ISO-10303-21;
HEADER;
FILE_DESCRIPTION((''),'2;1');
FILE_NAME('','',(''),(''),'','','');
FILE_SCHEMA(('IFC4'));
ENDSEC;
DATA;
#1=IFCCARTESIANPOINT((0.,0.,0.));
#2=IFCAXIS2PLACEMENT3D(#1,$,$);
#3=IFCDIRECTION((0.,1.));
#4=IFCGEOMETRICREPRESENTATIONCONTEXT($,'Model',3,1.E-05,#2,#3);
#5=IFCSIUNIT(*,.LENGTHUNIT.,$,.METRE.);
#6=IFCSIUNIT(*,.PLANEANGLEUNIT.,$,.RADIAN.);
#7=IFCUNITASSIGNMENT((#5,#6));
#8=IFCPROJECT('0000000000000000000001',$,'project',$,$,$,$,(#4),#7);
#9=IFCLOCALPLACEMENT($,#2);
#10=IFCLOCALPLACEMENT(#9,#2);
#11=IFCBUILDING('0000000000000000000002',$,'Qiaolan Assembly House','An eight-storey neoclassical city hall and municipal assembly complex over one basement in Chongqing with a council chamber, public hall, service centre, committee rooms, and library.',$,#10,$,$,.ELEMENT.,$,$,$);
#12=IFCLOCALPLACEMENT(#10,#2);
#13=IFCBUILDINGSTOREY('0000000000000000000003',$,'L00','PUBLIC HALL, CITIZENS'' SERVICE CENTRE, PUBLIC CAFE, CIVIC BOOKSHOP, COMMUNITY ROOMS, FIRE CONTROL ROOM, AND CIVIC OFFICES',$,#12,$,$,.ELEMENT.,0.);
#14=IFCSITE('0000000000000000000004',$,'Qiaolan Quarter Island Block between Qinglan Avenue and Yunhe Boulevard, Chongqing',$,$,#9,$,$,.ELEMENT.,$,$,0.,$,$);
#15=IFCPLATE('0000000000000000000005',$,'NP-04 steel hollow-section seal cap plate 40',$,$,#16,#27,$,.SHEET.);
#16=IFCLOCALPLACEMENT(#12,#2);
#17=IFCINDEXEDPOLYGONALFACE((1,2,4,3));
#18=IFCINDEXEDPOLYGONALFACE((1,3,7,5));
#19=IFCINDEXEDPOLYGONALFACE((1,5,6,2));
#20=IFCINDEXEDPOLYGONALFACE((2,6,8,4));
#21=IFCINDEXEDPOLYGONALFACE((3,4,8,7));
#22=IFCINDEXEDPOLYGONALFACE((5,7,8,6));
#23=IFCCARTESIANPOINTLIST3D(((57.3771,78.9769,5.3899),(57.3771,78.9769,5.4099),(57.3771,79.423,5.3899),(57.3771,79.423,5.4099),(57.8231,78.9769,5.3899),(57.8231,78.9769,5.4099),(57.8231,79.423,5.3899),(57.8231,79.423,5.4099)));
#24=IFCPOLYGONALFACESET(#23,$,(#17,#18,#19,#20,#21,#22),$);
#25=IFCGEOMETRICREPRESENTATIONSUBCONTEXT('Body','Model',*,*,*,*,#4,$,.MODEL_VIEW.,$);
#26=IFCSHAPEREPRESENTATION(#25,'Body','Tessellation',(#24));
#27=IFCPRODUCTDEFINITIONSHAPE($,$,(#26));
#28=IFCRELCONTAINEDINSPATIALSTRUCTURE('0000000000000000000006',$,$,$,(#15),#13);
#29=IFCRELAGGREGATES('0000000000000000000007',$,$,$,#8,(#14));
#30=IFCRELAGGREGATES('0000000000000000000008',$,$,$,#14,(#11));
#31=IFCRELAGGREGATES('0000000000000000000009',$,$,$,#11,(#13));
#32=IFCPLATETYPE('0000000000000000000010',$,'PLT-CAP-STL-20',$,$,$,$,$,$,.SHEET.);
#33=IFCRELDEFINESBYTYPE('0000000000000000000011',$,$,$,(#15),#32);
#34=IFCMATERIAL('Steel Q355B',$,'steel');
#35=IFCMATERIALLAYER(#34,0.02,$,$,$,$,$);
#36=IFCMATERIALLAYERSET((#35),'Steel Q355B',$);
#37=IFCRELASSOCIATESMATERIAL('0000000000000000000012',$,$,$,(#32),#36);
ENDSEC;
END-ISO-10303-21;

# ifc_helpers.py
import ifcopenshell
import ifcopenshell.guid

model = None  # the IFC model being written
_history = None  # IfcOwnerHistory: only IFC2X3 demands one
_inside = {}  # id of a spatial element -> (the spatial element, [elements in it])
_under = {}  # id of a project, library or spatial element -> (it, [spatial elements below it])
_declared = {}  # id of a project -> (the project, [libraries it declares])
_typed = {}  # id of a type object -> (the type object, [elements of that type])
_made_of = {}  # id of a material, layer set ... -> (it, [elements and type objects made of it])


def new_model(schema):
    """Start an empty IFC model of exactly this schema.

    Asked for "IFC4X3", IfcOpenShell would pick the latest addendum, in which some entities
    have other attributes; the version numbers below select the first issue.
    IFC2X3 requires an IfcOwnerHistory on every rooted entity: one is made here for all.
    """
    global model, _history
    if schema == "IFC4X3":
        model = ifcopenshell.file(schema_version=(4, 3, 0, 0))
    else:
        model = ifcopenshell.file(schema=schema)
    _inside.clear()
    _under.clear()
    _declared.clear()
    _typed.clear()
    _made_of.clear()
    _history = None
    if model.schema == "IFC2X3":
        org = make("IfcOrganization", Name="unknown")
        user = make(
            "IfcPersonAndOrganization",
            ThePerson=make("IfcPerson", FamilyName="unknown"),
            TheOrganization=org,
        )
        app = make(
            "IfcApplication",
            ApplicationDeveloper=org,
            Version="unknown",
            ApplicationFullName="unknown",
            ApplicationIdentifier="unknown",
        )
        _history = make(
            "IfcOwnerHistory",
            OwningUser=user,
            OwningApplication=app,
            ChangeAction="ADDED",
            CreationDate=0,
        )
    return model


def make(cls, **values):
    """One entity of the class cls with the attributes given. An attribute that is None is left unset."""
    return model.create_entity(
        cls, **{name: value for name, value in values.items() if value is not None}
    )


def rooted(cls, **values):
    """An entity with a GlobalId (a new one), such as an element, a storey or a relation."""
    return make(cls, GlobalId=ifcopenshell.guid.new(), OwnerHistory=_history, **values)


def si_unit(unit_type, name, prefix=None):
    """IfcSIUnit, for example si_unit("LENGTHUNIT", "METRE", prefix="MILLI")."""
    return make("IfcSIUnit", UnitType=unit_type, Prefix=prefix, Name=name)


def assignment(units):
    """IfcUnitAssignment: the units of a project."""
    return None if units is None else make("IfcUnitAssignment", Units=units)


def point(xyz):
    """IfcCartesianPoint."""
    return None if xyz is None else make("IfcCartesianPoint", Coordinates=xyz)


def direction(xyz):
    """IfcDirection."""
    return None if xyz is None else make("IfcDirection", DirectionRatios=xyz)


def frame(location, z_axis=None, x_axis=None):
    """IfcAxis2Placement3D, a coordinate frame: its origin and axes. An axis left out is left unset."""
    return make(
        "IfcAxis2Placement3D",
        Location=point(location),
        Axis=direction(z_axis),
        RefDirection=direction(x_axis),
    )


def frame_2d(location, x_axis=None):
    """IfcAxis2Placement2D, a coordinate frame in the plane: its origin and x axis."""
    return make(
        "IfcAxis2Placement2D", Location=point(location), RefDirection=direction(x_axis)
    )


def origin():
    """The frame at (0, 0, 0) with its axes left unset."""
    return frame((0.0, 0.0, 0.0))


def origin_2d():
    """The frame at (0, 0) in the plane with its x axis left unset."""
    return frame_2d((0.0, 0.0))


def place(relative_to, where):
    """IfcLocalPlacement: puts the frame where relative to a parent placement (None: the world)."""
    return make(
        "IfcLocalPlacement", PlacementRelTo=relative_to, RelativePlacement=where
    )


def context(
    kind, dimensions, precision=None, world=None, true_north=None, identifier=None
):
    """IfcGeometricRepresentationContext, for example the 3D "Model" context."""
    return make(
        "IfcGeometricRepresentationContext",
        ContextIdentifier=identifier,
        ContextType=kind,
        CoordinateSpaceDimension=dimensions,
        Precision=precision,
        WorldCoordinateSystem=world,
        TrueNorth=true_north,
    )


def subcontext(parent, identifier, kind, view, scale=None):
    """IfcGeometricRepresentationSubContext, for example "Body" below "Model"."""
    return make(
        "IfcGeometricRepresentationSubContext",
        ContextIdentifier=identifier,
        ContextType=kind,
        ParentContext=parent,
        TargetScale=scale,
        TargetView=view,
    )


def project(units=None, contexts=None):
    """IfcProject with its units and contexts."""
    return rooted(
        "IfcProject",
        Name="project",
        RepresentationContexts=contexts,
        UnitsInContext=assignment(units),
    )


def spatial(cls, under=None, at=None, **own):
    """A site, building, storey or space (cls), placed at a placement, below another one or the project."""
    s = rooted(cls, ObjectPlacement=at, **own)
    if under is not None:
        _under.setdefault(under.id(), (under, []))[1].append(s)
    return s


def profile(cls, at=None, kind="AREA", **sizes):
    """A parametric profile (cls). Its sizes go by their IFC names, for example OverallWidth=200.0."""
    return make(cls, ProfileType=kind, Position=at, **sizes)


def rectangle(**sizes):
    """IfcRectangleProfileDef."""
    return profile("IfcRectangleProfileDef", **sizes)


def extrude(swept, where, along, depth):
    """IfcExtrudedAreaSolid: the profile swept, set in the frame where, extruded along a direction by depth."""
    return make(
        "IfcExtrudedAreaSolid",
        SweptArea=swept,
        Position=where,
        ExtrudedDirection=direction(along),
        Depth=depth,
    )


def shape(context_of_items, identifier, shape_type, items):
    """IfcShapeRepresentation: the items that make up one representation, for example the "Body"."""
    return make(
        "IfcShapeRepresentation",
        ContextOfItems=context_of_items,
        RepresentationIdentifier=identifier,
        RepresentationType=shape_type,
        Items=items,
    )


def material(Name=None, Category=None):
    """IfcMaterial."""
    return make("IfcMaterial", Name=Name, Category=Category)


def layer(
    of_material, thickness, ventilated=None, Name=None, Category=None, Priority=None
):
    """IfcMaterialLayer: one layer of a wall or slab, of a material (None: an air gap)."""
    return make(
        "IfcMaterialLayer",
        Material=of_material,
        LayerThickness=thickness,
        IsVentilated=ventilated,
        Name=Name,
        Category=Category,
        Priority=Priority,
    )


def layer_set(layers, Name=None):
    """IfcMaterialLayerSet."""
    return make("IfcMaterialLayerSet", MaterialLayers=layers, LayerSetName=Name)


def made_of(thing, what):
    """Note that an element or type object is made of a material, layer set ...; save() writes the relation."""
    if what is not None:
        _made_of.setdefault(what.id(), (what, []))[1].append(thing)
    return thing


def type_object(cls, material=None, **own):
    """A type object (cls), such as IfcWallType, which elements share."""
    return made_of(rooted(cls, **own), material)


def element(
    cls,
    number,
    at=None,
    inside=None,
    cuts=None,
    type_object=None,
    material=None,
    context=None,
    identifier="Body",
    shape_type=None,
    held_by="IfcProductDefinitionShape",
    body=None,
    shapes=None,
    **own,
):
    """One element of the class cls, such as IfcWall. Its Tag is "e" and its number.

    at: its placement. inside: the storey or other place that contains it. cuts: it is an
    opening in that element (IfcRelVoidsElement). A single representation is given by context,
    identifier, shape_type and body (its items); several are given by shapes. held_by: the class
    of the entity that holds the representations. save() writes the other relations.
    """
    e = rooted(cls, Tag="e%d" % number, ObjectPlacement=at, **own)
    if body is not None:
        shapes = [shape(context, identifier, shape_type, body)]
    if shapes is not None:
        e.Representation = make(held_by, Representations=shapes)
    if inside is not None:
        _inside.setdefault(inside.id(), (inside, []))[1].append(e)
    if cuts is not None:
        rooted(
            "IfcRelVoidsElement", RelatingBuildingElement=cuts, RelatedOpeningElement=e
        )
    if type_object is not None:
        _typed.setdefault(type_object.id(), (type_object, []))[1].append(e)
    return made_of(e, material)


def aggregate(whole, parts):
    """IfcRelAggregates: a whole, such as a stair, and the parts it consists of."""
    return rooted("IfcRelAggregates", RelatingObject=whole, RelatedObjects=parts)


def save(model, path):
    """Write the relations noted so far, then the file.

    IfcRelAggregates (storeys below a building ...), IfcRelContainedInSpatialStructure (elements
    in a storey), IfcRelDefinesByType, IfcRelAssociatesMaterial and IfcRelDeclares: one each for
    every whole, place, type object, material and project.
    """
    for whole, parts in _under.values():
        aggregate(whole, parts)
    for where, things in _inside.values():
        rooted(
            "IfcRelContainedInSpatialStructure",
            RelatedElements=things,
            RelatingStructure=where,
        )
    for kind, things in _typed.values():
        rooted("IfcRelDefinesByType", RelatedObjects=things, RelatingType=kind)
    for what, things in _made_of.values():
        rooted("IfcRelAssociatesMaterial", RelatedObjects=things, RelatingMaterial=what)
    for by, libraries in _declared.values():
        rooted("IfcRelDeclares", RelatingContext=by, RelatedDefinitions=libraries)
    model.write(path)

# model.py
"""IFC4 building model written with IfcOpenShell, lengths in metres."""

from ifc_helpers import new_model, si_unit, direction, frame, origin, origin_2d, place, context, subcontext, project, spatial, rectangle, extrude, material, layer, layer_set, type_object, element, save


model = new_model("IFC4")

# Units and contexts
model_context = context("Model", 3, precision=1e-05, world=origin(), true_north=direction((0.0, 1.0)))
body_context = subcontext(model_context, "Body", "Model", "MODEL_VIEW")
ifc_project = project(units=[si_unit("LENGTHUNIT", "METRE"), si_unit("PLANEANGLEUNIT", "RADIAN")], contexts=[model_context])

# Site, building, storey
site_placement = place(None, origin())
site = spatial("IfcSite", under=ifc_project, at=site_placement, Name="Qiaolan Quarter Island Block between Qinglan Avenue and Yunhe Boulevard, Chongqing", CompositionType="ELEMENT", RefElevation=0.0)
building_placement = place(site_placement, origin())
building = spatial("IfcBuilding", under=site, at=building_placement, Name="Qiaolan Assembly House", Description="An eight-storey neoclassical city hall and municipal assembly complex over one basement in Chongqing with a council chamber, public hall, service centre, committee rooms, and library.", CompositionType="ELEMENT")
storey_placement = place(building_placement, origin())
storey = spatial("IfcBuildingStorey", under=building, at=storey_placement, Name="L00", Description="PUBLIC HALL, CITIZENS' SERVICE CENTRE, PUBLIC CAFE, CIVIC BOOKSHOP, COMMUNITY ROOMS, FIRE CONTROL ROOM, AND CIVIC OFFICES", CompositionType="ELEMENT", Elevation=0.0)

# Shared definitions
ifc_material_1 = material(Name="Steel Q355B", Category="steel")

# Plate
ifc_layer = layer(ifc_material_1, 0.02)
ifc_layer_set = layer_set([ifc_layer], Name="Steel Q355B")
plate_type = type_object("IfcPlateType", Name="PLT-CAP-STL-20", PredefinedType="SHEET", material=ifc_layer_set)
for number, where, z_axis, x_axis, name in (
    (1, (57.6001, 79.2, 5.3899), (0.0, 0.0, 1.0), (1.0, 0.0, 0.0), "NP-04 steel hollow-section seal cap plate 40"),
):
    element("IfcPlate", number, at=place(storey_placement, frame(where, z_axis=z_axis, x_axis=x_axis)), inside=storey, type_object=plate_type, Name=name, PredefinedType="SHEET", context=body_context, shape_type="SweptSolid", body=[
        extrude(rectangle(XDim=0.446, YDim=0.446, at=origin_2d()), origin(), (0.0, 0.0, 1.0), 0.02),
    ])

save(model, "model.ifc")
